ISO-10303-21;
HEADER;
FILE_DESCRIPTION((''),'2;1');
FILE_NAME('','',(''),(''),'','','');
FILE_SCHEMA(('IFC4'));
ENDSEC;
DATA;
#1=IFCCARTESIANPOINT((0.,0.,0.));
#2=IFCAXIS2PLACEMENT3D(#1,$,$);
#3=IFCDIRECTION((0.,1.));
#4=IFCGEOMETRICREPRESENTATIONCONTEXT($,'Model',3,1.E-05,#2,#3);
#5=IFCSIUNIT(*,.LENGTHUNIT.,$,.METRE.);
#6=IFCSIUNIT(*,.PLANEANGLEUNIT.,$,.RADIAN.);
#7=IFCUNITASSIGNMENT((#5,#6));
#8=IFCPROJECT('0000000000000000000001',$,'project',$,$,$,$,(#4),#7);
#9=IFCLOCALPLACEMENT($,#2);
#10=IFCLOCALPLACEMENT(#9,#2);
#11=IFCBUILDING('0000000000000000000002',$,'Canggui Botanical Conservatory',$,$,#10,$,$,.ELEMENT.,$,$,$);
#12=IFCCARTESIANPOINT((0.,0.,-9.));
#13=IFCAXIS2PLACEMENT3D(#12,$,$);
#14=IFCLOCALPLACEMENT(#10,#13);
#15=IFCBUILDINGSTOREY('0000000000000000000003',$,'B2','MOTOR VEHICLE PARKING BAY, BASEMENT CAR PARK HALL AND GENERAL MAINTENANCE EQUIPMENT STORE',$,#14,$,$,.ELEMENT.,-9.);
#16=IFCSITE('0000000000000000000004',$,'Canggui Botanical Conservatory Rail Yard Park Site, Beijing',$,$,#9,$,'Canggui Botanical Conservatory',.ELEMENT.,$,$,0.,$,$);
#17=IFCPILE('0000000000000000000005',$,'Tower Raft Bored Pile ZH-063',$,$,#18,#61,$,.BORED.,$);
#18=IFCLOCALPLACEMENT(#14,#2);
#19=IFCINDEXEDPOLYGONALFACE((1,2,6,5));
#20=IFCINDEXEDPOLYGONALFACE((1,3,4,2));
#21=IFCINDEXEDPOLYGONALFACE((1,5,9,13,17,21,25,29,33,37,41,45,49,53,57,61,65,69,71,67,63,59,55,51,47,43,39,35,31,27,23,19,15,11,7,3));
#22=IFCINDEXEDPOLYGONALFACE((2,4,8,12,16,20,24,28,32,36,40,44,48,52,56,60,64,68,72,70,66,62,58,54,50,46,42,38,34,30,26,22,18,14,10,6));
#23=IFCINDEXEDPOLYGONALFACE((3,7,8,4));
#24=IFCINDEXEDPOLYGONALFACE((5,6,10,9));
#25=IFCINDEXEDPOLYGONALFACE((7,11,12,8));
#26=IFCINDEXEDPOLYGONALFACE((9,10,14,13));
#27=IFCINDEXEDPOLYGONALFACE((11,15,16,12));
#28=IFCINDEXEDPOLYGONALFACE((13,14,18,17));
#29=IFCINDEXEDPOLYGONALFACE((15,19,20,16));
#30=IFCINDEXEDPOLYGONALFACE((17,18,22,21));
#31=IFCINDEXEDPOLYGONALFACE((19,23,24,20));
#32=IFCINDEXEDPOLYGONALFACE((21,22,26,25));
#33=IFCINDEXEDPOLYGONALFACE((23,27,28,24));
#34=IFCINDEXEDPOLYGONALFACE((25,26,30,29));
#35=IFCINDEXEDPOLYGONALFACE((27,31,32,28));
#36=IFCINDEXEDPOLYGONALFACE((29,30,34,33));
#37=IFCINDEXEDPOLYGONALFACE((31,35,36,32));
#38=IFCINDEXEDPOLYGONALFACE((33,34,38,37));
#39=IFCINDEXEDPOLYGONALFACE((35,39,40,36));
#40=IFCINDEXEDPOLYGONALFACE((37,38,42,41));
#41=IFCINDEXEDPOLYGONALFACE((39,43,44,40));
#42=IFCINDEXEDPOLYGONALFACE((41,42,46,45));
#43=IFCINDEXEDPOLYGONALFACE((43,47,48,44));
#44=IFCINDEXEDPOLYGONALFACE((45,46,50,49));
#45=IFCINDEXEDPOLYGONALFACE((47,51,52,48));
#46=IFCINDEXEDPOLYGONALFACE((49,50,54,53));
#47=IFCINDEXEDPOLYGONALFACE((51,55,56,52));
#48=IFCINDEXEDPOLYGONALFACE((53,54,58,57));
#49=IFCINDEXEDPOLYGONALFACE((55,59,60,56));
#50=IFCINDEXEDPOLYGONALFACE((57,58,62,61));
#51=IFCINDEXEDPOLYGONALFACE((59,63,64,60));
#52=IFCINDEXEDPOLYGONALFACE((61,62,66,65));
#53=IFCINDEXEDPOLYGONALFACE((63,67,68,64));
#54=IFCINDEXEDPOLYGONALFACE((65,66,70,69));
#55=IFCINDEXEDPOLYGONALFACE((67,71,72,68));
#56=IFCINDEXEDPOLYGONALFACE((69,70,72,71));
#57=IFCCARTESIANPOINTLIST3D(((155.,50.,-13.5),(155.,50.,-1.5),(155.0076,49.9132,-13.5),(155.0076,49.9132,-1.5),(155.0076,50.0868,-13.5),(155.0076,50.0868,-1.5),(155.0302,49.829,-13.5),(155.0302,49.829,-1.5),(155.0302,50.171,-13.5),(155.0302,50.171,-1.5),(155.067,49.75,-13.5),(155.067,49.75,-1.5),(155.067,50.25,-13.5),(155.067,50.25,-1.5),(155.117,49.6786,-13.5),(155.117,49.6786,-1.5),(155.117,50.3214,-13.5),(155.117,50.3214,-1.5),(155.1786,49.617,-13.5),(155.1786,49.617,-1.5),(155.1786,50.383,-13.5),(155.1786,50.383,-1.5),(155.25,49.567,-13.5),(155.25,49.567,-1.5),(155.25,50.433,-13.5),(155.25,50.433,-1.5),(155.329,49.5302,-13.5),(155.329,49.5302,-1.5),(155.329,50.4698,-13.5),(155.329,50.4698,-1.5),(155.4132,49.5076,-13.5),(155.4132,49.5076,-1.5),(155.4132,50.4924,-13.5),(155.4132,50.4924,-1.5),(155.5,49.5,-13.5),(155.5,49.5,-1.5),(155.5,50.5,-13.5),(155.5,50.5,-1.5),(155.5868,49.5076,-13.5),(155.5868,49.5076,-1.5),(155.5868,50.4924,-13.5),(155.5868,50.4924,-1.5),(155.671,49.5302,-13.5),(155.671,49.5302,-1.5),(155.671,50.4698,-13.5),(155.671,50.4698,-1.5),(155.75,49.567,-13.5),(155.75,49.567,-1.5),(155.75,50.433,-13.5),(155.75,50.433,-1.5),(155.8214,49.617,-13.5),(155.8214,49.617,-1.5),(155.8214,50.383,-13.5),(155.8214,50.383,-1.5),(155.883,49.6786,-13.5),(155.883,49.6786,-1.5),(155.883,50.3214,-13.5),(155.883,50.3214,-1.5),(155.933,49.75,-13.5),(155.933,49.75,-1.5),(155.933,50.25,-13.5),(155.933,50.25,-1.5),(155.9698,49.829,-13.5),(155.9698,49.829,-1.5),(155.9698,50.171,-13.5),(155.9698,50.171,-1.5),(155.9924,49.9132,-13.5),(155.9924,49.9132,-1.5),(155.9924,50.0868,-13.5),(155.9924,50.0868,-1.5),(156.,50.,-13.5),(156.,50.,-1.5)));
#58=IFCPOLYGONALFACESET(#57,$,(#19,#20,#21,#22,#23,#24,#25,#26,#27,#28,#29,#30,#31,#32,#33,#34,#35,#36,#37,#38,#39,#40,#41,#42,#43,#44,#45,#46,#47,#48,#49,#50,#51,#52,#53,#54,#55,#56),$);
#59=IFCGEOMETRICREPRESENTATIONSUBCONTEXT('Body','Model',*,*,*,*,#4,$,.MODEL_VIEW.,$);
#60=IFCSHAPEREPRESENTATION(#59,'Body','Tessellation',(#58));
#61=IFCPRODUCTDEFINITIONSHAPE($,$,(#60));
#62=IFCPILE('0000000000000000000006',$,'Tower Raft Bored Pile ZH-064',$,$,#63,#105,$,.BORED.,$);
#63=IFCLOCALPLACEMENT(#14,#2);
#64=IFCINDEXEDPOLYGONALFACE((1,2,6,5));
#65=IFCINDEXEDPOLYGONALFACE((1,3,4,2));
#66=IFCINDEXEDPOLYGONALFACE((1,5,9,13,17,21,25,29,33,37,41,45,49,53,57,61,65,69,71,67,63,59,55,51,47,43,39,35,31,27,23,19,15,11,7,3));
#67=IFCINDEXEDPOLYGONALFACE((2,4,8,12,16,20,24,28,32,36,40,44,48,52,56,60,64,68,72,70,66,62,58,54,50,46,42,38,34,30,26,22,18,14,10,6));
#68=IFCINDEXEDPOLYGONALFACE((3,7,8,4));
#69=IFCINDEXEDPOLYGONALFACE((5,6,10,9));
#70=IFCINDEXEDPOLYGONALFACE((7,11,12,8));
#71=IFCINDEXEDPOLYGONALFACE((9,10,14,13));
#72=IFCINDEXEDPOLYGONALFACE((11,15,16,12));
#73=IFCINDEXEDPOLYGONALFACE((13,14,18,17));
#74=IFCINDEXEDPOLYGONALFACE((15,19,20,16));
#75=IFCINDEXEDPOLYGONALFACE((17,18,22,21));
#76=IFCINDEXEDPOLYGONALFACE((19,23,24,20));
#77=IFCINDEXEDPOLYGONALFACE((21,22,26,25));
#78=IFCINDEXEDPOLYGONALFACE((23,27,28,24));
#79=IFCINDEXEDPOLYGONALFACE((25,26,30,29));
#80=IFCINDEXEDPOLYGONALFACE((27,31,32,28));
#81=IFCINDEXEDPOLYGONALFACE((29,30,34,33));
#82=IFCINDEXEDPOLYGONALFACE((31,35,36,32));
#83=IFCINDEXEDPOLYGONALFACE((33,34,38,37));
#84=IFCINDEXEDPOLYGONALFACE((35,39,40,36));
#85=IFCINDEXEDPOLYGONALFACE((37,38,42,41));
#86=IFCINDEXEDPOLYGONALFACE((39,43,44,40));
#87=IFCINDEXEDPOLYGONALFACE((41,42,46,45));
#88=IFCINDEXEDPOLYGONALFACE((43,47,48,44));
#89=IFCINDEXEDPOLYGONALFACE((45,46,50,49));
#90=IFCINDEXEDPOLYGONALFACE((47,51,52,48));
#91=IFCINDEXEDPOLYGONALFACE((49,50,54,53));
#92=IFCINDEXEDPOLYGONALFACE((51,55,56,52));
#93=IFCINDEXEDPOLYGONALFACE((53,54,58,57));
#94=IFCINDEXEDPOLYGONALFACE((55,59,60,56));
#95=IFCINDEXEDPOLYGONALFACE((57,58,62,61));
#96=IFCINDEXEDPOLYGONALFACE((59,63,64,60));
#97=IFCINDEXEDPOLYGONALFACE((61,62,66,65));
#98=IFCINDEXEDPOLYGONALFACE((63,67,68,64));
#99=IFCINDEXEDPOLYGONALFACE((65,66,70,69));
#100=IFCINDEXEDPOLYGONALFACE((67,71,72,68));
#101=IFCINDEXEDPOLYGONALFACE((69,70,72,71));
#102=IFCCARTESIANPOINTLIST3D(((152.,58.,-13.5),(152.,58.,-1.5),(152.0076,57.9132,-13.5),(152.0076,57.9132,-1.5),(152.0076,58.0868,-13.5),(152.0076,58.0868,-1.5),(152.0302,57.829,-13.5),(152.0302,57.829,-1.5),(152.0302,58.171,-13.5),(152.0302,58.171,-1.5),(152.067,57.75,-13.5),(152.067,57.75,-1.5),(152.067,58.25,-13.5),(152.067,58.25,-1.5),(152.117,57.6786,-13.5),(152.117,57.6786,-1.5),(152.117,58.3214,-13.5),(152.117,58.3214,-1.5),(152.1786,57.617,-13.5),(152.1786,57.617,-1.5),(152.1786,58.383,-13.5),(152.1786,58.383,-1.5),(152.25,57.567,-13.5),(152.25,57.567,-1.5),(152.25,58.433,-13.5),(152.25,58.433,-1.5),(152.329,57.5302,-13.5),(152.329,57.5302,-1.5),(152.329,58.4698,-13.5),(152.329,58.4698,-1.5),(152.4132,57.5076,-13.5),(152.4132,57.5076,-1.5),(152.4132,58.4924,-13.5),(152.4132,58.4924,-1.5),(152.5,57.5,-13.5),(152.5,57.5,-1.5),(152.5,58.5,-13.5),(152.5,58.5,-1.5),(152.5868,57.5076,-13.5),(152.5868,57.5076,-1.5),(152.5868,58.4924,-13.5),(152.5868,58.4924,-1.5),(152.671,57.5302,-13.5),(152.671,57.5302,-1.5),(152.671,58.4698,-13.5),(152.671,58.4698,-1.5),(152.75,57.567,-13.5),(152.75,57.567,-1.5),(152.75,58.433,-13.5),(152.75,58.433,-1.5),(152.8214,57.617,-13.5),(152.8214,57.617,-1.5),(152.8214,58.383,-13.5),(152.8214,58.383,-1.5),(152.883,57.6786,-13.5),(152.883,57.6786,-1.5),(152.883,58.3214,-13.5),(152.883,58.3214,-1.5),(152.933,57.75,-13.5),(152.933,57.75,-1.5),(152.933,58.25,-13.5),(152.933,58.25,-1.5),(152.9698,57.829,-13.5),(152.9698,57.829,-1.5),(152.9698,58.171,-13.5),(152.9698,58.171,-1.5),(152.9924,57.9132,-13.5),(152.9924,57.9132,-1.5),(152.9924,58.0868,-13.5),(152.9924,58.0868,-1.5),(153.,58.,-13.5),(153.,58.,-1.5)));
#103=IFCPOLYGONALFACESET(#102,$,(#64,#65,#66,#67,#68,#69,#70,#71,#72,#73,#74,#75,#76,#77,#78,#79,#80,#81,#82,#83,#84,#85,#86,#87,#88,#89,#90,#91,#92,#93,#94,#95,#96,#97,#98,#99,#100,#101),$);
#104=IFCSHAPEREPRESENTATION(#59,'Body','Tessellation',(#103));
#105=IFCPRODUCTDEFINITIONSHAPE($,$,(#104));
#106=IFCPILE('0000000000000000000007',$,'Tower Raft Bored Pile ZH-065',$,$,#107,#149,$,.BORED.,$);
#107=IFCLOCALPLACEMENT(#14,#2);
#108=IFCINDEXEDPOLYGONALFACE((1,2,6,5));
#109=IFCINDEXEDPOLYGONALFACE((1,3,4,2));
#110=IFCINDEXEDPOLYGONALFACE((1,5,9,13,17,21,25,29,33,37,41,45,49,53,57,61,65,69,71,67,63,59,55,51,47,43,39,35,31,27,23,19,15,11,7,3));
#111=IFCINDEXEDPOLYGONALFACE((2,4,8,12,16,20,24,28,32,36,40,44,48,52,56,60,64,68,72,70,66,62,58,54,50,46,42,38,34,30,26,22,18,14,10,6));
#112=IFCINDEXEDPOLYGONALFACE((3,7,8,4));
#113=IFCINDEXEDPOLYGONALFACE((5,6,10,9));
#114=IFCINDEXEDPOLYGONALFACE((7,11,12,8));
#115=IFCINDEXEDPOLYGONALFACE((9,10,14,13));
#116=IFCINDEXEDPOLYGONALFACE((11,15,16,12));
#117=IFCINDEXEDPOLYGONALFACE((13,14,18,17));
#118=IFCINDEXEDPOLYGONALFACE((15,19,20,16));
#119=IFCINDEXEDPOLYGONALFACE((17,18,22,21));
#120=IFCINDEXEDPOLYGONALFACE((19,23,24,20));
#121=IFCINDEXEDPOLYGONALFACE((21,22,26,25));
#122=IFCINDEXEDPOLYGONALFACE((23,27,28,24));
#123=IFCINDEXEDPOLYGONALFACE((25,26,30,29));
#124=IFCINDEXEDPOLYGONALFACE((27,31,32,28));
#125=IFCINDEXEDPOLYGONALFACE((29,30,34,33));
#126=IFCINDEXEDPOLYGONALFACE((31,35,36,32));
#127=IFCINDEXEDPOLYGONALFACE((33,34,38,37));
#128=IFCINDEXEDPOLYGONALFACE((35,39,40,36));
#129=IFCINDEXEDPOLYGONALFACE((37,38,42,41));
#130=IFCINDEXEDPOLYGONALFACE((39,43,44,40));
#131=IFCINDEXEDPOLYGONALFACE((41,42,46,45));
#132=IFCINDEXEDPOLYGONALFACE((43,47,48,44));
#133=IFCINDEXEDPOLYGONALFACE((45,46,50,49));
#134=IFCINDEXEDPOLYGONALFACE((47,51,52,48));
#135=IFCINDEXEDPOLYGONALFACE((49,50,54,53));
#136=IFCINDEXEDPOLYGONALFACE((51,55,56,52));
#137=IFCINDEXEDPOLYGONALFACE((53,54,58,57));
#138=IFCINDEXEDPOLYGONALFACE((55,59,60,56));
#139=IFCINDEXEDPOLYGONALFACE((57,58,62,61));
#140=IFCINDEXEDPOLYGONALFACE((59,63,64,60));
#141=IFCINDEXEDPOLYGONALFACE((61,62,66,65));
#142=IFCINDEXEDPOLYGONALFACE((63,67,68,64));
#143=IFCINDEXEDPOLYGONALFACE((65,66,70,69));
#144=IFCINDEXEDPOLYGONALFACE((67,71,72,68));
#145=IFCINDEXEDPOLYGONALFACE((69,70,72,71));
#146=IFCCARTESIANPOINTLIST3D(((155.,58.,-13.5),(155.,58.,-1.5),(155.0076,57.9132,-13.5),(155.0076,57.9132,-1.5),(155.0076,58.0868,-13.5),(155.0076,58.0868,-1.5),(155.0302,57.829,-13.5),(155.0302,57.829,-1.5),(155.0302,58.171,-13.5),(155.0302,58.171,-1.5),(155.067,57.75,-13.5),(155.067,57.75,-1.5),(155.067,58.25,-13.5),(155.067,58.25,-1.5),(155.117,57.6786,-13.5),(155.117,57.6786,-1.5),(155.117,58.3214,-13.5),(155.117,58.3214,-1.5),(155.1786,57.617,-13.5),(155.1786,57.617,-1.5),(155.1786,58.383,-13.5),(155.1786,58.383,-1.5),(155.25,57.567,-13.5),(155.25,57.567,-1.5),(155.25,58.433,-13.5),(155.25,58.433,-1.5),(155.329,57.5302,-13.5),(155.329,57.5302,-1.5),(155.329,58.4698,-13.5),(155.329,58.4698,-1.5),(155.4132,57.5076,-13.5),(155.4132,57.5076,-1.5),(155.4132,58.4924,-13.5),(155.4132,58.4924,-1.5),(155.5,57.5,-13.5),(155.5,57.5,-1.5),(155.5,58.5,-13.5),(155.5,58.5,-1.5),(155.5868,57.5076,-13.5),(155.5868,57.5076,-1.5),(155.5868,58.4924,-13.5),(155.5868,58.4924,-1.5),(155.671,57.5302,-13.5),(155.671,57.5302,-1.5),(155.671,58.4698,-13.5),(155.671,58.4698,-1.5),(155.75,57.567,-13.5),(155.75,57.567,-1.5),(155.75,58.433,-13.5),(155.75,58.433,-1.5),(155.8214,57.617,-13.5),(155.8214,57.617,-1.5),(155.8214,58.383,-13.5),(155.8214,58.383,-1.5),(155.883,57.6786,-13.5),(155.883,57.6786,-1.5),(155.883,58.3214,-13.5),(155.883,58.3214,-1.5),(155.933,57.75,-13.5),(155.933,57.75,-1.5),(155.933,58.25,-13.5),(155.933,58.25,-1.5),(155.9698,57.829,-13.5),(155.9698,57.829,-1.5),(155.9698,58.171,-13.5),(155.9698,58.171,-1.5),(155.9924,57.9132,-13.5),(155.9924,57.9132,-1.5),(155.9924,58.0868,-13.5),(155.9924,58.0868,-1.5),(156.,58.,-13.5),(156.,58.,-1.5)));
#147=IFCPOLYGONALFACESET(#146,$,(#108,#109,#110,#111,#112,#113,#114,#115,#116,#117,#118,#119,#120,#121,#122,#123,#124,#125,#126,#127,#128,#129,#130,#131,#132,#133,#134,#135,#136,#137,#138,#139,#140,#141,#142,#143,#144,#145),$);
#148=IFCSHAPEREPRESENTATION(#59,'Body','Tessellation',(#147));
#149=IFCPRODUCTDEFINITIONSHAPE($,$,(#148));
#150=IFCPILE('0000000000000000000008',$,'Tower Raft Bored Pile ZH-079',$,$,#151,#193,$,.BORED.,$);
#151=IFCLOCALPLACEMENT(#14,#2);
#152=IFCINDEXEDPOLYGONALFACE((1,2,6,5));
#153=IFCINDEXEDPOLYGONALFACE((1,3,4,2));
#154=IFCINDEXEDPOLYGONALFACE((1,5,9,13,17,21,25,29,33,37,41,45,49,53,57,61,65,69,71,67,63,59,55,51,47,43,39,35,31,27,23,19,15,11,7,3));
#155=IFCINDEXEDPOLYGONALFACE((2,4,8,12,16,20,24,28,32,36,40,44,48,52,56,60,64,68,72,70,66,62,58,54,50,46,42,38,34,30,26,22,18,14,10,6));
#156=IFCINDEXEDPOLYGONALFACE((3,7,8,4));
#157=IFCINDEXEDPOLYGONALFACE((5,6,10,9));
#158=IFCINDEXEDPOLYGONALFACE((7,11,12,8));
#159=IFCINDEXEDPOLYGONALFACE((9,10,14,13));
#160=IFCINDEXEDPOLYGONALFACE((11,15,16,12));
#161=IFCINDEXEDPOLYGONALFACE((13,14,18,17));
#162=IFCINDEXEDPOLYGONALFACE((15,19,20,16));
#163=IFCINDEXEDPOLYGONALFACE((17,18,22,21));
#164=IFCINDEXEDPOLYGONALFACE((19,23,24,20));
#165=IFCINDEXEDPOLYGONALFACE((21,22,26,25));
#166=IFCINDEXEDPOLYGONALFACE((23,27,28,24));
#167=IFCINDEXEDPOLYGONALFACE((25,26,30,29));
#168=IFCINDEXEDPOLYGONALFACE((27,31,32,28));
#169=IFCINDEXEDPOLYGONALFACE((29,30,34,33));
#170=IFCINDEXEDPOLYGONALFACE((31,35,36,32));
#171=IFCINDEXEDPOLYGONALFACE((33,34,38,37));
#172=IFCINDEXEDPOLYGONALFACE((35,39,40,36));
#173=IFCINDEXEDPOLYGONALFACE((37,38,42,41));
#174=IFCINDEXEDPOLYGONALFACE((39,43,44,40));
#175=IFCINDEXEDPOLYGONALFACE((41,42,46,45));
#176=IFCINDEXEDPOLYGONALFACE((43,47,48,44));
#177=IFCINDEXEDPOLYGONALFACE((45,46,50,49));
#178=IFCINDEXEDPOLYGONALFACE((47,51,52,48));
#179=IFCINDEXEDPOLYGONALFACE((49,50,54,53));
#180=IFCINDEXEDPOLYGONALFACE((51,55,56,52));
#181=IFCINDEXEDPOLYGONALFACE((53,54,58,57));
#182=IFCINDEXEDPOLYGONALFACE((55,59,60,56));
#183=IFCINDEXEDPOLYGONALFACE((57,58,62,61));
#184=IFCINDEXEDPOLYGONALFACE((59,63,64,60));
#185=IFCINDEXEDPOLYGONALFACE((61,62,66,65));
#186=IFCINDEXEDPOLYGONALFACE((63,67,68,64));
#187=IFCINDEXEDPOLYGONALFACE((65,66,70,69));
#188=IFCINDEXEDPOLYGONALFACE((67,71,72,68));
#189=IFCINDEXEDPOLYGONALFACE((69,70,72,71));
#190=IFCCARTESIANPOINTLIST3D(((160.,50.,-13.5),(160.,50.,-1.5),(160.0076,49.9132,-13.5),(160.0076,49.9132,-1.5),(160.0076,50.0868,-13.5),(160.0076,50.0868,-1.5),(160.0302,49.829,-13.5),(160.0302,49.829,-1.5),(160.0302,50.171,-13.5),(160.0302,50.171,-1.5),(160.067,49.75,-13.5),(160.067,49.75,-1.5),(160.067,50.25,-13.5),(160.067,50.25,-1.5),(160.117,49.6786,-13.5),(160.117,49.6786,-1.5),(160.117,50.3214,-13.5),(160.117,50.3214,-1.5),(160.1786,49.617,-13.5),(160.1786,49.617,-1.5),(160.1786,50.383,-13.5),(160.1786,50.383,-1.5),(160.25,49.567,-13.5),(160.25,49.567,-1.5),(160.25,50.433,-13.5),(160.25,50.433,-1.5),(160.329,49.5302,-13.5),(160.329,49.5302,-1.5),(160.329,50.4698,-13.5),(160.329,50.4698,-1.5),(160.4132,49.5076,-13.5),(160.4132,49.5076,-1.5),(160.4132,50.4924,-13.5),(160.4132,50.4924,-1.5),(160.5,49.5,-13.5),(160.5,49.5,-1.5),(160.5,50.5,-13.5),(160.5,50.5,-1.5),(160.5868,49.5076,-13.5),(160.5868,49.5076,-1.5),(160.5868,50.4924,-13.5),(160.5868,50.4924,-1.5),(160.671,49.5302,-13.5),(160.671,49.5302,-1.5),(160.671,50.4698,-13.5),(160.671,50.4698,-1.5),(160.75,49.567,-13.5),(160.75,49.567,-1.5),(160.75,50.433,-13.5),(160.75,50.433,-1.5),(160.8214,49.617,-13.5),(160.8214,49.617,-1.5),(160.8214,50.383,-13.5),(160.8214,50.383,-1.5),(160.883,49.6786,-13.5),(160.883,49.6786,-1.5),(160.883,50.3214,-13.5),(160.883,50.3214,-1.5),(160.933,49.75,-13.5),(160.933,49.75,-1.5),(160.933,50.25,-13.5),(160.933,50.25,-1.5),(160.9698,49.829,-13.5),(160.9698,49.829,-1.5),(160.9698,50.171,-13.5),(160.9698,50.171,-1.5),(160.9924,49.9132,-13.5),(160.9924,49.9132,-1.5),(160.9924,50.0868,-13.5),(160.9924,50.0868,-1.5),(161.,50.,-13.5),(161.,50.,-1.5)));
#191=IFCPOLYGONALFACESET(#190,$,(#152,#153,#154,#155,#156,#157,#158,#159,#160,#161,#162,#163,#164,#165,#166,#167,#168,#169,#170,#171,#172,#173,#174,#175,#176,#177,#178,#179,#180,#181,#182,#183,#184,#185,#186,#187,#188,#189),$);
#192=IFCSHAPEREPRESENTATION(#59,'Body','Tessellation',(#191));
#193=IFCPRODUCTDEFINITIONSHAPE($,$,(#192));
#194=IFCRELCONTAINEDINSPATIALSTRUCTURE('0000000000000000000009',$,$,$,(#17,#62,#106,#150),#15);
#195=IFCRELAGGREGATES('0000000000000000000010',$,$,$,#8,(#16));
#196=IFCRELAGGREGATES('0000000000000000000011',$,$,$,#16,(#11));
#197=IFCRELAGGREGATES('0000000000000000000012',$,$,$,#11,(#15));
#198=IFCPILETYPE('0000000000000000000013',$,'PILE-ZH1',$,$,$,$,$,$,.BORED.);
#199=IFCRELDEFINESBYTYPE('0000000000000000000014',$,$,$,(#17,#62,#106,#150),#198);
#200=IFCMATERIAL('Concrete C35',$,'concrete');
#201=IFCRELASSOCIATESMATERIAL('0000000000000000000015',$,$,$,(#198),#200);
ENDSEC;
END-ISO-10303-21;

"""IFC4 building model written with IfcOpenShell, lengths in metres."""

from ifc_helpers import new_model, si_unit, direction, frame, origin, origin_2d, place, context, subcontext, project, spatial, circle, extrude, material, material_profile, profile_set, type_object, element, save


model = new_model("IFC4")

# Units and contexts
model_context = context("Model", 3, precision=1e-05, world=origin(), true_north=direction((0.0, 1.0)))
body_context = subcontext(model_context, "Body", "Model", "MODEL_VIEW")
ifc_project = project(units=[si_unit("LENGTHUNIT", "METRE"), si_unit("PLANEANGLEUNIT", "RADIAN")], contexts=[model_context])

# Site, building, storey
site_placement = place(None, origin())
site = spatial("IfcSite", under=ifc_project, at=site_placement, Name="Canggui Botanical Conservatory Rail Yard Park Site, Beijing", LongName="Canggui Botanical Conservatory", CompositionType="ELEMENT", RefElevation=0.0)
building_placement = place(site_placement, origin())
building = spatial("IfcBuilding", under=site, at=building_placement, Name="Canggui Botanical Conservatory", CompositionType="ELEMENT")
storey_placement = place(building_placement, frame((0.0, 0.0, -9.0)))
storey = spatial("IfcBuildingStorey", under=building, at=storey_placement, Name="B2", Description="MOTOR VEHICLE PARKING BAY, BASEMENT CAR PARK HALL AND GENERAL MAINTENANCE EQUIPMENT STORE", CompositionType="ELEMENT", Elevation=-9.0)

# Piles
ifc_material_1 = material(Name="Concrete C35", Category="concrete")
ifc_material_profile_1 = material_profile(ifc_material_1, circle(Radius=0.5, at=origin_2d()), Name="PILE D1000")
ifc_profile_set_1 = profile_set([ifc_material_profile_1], Name="Concrete C35")
pile_type = type_object("IfcPileType", Name="PILE-ZH1", PredefinedType="BORED", material=ifc_profile_set_1)
for number, where, z_axis, x_axis, name in (
    (1, (155.5, 50.0, -1.5), (0.0, 0.0, -1.0), (1.0, 0.0, 0.0), "Tower Raft Bored Pile ZH-063"),
    (2, (152.5, 58.0, -1.5), (0.0, 0.0, -1.0), (1.0, 0.0, 0.0), "Tower Raft Bored Pile ZH-064"),
    (3, (155.5, 58.0, -1.5), (0.0, 0.0, -1.0), (1.0, 0.0, 0.0), "Tower Raft Bored Pile ZH-065"),
    (4, (160.5, 50.0, -1.5), (0.0, 0.0, -1.0), (1.0, 0.0, 0.0), "Tower Raft Bored Pile ZH-079"),
):
    element("IfcPile", number, at=place(storey_placement, frame(where, z_axis=z_axis, x_axis=x_axis)), inside=storey, type_object=pile_type, Name=name, PredefinedType="BORED", context=body_context, shape_type="SweptSolid", body=[
        extrude(circle(Radius=0.5, at=origin_2d()), origin(), (0.0, 0.0, 1.0), 12.0),
    ])

save(model, "model.ifc")
